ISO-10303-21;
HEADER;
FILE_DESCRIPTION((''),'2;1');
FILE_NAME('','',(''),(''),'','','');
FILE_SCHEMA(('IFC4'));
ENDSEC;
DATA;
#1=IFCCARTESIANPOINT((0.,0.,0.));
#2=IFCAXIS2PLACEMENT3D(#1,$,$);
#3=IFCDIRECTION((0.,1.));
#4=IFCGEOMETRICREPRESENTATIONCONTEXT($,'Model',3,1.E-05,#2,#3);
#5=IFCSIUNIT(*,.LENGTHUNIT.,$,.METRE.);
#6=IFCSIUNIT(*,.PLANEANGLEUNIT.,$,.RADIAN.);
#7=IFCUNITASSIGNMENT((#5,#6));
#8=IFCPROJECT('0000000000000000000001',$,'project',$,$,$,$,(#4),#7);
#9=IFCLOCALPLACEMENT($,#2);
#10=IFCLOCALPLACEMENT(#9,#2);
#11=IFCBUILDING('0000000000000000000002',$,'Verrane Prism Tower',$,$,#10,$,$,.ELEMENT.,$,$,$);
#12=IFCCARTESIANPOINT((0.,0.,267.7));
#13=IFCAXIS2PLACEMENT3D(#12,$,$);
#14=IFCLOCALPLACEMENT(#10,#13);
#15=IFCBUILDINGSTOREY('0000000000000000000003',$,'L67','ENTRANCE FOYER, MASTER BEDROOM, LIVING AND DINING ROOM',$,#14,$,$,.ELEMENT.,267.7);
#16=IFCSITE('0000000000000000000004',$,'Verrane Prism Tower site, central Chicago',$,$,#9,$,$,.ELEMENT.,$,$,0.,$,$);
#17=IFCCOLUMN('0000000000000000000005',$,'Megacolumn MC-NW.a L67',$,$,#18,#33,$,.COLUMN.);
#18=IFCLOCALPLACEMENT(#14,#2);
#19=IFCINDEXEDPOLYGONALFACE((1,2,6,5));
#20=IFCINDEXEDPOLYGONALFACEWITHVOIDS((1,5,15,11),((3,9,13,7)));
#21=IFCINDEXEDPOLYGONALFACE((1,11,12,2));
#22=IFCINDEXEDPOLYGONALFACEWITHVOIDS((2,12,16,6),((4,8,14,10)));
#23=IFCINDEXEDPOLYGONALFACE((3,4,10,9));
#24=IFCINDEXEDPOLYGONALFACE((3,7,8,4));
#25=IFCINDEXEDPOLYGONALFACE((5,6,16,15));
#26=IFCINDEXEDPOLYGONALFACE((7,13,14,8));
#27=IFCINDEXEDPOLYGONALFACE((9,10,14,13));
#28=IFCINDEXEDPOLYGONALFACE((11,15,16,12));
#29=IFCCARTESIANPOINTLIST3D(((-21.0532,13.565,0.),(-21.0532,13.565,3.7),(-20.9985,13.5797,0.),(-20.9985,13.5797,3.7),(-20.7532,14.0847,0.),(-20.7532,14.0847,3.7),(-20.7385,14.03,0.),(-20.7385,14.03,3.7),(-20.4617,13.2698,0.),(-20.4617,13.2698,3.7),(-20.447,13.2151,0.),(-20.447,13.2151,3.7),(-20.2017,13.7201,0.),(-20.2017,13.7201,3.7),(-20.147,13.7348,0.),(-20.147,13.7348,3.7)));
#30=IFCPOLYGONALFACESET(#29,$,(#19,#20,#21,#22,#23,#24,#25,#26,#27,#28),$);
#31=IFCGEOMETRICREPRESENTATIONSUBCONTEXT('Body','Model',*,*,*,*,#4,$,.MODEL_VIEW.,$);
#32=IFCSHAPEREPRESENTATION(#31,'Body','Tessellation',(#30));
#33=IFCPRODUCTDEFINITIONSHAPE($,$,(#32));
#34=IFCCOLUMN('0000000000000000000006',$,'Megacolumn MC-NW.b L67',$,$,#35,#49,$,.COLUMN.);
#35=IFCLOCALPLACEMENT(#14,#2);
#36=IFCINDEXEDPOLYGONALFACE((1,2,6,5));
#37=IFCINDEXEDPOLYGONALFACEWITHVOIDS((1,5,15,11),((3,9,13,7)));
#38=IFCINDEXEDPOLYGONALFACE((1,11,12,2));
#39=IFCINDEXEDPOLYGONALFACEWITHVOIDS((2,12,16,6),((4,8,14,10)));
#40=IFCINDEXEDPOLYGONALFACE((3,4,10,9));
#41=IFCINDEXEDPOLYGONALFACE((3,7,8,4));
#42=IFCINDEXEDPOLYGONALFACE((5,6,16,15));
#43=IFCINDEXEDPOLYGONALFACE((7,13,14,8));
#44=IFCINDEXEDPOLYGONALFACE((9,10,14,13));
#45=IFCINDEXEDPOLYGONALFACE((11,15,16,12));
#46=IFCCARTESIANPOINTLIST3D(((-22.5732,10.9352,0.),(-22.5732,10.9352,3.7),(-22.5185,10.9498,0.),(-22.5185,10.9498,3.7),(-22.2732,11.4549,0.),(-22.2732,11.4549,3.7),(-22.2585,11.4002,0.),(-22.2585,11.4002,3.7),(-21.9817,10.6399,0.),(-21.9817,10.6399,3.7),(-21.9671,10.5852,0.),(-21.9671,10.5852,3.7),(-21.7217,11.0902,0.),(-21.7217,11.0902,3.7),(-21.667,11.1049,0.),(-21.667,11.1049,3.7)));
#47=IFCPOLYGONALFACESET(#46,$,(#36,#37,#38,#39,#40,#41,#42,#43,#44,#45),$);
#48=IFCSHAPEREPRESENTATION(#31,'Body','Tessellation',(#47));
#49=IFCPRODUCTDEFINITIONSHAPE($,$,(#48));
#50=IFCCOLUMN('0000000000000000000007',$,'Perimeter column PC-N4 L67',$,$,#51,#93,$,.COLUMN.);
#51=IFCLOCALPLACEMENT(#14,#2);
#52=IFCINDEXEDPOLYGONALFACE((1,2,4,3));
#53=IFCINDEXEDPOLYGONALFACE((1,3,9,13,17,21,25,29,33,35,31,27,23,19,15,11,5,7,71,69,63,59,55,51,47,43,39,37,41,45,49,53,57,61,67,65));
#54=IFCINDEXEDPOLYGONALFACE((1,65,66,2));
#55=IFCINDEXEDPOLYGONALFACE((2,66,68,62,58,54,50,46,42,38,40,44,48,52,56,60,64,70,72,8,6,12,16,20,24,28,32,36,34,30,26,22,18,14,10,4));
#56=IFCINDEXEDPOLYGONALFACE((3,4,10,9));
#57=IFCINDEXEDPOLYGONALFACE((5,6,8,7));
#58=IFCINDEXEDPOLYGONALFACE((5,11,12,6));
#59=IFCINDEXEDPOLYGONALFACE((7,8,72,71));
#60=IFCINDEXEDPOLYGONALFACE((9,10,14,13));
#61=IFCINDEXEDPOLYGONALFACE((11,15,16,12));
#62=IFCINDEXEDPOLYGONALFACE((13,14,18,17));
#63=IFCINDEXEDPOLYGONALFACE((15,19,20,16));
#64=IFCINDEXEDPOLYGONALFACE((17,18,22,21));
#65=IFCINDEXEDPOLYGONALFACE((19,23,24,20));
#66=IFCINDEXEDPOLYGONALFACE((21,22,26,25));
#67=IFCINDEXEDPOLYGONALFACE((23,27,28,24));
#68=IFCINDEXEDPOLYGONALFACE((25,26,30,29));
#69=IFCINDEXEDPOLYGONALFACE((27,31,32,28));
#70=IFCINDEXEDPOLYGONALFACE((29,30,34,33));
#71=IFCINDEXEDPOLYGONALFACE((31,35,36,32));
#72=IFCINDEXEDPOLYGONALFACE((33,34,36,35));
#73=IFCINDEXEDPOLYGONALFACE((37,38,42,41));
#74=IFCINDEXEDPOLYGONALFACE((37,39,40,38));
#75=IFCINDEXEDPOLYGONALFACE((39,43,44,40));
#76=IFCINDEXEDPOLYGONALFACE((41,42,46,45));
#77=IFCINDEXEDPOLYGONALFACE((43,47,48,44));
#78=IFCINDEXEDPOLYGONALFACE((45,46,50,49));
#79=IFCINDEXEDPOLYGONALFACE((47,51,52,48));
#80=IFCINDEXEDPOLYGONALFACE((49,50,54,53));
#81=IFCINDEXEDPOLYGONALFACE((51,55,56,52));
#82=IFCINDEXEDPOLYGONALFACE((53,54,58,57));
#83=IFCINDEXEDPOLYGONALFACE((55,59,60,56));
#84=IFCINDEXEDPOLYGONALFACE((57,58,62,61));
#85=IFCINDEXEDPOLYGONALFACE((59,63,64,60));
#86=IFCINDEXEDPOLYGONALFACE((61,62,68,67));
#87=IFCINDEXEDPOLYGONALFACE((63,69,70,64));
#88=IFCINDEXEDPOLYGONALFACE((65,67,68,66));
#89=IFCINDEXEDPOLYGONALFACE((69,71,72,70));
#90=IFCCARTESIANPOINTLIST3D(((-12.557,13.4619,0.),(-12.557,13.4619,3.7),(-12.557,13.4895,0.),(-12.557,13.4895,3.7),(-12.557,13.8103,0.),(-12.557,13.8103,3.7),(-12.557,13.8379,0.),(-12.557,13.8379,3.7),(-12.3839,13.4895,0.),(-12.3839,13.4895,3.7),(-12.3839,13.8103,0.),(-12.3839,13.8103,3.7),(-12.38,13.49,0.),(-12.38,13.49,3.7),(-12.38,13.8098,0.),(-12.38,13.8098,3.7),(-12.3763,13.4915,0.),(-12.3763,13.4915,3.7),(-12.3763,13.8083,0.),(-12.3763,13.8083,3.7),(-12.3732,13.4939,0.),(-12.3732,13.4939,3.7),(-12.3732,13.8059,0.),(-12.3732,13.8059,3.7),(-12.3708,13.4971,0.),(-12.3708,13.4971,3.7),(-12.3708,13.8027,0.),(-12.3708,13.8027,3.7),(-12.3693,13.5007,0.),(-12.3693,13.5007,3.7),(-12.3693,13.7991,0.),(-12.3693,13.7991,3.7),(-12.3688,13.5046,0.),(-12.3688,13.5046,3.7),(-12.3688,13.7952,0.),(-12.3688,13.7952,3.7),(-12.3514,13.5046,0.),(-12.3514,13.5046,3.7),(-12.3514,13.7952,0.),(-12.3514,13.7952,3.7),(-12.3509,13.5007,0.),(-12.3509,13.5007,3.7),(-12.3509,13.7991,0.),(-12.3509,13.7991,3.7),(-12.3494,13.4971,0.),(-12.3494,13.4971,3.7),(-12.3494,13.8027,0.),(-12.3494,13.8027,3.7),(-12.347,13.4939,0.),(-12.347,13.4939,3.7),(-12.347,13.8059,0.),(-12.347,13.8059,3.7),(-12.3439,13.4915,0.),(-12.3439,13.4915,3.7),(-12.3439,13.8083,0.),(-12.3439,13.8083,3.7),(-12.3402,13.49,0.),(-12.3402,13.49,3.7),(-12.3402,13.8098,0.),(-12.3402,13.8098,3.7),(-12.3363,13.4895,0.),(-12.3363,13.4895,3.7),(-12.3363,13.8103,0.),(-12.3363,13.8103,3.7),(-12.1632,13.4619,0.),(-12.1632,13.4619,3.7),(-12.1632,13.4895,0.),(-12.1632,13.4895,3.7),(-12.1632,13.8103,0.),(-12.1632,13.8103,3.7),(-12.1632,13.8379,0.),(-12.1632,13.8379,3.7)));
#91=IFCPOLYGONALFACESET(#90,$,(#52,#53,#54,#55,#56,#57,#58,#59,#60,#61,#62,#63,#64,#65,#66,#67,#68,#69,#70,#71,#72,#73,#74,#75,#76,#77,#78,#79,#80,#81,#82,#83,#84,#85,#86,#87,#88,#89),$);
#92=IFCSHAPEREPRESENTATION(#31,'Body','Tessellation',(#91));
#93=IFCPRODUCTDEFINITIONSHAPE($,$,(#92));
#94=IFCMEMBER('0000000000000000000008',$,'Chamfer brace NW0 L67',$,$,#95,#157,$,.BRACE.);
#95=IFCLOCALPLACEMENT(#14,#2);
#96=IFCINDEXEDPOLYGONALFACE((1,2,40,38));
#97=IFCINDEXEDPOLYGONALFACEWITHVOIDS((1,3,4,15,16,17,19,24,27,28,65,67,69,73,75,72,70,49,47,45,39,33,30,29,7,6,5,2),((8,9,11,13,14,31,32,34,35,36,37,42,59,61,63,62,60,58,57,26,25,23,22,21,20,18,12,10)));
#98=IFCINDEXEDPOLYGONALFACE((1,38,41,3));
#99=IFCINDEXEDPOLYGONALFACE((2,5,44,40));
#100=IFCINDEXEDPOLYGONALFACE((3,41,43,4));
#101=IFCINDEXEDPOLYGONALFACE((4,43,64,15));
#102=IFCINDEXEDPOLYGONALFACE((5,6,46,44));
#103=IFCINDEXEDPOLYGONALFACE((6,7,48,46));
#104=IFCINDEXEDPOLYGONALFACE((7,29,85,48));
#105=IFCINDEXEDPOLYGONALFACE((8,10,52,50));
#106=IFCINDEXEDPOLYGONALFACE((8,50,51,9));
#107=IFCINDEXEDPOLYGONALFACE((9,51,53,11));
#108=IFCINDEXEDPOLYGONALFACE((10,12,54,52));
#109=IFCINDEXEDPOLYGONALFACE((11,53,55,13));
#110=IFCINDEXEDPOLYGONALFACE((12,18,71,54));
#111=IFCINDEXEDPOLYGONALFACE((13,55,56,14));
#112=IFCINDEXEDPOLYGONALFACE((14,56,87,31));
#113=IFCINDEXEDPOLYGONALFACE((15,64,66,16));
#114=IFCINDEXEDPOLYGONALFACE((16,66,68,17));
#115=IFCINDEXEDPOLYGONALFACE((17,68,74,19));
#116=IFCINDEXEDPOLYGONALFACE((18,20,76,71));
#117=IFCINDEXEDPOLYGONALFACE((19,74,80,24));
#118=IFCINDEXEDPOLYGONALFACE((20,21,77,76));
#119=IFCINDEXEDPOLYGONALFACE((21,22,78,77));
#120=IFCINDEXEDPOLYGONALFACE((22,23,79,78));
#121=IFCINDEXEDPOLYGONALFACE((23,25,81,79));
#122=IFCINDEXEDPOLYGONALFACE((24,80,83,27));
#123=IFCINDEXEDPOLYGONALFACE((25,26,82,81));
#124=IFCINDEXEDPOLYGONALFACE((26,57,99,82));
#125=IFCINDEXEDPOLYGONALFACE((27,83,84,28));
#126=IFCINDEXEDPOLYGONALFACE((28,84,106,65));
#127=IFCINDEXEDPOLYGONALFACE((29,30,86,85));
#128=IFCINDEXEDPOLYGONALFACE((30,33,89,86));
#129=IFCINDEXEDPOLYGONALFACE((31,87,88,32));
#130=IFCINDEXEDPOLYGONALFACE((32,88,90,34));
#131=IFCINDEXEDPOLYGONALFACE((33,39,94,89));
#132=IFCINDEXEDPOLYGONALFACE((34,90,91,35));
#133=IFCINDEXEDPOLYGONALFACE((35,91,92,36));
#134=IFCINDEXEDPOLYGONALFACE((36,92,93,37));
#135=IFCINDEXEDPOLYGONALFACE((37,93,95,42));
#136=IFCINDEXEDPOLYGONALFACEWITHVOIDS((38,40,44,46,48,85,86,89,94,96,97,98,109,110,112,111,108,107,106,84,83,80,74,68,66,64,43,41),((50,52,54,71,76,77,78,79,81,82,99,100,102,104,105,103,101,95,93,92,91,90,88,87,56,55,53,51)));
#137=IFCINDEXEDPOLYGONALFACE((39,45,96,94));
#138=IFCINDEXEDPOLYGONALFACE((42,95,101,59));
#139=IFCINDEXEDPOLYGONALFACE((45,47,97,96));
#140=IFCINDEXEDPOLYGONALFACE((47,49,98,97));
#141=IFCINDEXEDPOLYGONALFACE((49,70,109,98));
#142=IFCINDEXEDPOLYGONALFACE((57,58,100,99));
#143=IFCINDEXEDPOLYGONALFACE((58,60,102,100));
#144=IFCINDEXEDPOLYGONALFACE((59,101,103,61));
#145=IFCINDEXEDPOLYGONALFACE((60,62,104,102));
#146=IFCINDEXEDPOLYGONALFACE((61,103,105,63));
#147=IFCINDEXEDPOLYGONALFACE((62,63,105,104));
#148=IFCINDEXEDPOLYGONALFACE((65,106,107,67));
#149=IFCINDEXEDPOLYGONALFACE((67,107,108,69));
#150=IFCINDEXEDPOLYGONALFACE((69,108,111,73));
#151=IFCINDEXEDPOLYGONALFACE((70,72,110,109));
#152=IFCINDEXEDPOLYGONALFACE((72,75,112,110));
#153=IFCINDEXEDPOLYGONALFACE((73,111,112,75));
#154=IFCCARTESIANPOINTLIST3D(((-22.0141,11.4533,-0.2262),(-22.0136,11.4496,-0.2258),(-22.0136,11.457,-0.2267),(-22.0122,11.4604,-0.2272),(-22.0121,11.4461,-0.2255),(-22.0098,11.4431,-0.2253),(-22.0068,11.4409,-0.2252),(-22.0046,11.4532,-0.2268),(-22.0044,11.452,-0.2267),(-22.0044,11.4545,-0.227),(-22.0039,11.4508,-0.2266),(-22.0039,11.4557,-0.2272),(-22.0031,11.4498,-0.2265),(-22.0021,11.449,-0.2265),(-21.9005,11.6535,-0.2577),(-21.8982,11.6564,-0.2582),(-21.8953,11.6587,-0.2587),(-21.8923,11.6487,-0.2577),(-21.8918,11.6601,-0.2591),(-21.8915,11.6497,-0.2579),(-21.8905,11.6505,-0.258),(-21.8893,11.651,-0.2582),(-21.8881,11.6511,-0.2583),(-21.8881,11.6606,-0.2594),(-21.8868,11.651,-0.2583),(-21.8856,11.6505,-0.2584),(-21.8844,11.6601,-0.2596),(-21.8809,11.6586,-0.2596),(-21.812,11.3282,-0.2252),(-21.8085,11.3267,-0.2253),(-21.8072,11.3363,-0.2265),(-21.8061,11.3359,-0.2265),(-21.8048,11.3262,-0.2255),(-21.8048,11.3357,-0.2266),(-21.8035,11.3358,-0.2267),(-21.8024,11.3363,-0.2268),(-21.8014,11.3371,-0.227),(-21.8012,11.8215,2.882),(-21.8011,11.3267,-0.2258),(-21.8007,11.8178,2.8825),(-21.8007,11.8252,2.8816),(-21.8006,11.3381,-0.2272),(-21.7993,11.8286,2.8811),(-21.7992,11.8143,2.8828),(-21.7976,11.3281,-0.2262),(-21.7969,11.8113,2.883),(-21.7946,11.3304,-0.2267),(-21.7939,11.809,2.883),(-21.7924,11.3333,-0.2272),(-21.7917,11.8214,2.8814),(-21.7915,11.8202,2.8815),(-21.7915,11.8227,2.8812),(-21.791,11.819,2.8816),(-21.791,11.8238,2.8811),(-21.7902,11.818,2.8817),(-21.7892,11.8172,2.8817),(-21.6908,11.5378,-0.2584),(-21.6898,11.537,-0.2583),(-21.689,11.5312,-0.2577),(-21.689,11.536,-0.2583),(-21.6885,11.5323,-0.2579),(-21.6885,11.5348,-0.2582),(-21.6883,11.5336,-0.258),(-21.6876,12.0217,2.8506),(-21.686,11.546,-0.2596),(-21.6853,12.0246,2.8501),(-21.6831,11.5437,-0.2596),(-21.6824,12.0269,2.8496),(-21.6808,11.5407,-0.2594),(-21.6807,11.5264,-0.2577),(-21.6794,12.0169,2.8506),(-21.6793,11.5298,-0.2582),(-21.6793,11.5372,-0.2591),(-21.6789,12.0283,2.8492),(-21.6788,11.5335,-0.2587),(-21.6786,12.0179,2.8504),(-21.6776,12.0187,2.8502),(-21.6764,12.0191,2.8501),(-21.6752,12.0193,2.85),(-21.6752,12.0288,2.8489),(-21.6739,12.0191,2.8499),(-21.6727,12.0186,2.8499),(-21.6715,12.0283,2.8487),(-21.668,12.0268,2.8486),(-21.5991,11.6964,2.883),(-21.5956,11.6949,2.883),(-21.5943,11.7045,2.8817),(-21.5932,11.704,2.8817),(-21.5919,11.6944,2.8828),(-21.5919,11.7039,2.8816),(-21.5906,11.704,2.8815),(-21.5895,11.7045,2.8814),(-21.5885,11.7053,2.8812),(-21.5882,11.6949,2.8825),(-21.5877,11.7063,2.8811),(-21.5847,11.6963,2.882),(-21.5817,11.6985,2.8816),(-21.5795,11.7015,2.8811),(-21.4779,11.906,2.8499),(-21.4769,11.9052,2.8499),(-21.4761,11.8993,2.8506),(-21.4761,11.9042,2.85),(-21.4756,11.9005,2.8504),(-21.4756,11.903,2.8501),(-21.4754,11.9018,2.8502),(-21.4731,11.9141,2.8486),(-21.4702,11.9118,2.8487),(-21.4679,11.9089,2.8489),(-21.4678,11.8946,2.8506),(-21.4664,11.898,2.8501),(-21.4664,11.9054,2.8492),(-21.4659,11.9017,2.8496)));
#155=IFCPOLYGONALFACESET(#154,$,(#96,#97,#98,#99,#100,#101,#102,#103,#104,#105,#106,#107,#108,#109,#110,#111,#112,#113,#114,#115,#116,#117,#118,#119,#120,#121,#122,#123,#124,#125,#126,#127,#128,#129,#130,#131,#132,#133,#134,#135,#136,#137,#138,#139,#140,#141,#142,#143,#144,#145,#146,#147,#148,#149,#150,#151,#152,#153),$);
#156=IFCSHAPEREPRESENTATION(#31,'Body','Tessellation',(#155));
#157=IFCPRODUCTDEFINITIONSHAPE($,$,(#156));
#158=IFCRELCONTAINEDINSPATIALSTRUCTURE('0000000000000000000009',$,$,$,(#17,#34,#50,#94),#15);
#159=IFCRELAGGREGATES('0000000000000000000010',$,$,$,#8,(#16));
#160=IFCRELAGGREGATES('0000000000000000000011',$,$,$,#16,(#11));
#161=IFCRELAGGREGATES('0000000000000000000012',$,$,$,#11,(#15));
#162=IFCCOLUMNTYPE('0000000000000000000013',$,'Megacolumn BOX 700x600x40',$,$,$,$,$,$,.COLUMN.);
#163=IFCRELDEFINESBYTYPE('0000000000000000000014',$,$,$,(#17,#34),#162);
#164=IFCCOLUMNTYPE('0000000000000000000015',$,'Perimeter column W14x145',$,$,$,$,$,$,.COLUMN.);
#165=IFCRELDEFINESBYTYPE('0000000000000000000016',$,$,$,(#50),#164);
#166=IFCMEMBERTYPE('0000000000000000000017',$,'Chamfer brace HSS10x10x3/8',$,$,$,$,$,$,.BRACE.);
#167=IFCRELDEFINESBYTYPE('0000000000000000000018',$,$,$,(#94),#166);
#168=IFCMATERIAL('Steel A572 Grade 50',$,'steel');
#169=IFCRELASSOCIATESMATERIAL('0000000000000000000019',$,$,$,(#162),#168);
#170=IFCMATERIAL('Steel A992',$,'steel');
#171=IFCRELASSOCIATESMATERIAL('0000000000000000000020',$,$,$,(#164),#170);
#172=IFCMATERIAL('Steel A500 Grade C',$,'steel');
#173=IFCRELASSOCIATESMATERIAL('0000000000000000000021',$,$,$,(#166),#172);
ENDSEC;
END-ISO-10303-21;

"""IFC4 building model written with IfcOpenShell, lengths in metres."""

from ifc_helpers import new_model, si_unit, direction, frame, origin, origin_2d, place, context, subcontext, project, spatial, hollow_rectangle, i_section, extrude, material, material_profile, profile_set, type_object, element, save


model = new_model("IFC4")

# Units and contexts
model_context = context("Model", 3, precision=1e-05, world=origin(), true_north=direction((0.0, 1.0)))
body_context = subcontext(model_context, "Body", "Model", "MODEL_VIEW")
ifc_project = project(units=[si_unit("LENGTHUNIT", "METRE"), si_unit("PLANEANGLEUNIT", "RADIAN")], contexts=[model_context])

# Site, building, storey
site_placement = place(None, origin())
site = spatial("IfcSite", under=ifc_project, at=site_placement, Name="Verrane Prism Tower site, central Chicago", CompositionType="ELEMENT", RefElevation=0.0)
building_placement = place(site_placement, origin())
building = spatial("IfcBuilding", under=site, at=building_placement, Name="Verrane Prism Tower", CompositionType="ELEMENT")
storey_placement = place(building_placement, frame((0.0, 0.0, 267.7)))
storey = spatial("IfcBuildingStorey", under=building, at=storey_placement, Name="L67", Description="ENTRANCE FOYER, MASTER BEDROOM, LIVING AND DINING ROOM", CompositionType="ELEMENT", Elevation=267.7)

# Columns
ifc_material_1 = material(Name="Steel A572 Grade 50", Category="steel")
ifc_material_profile_1 = material_profile(ifc_material_1, hollow_rectangle(XDim=0.6001, YDim=0.7, WallThickness=0.04, at=origin_2d()), Name="BOX 700x600x40")
ifc_profile_set_1 = profile_set([ifc_material_profile_1], Name="Steel A572 Grade 50")
column_type_1 = type_object("IfcColumnType", Name="Megacolumn BOX 700x600x40", PredefinedType="COLUMN", material=ifc_profile_set_1)
for number, where, z_axis, x_axis, name in (
    (1, (-20.6001, 13.6499, 0.0), (0.0, 0.0, 1.0), (0.5, 0.866025, 0.0), "Megacolumn MC-NW.a L67"),
    (2, (-22.1201, 11.02, 0.0), (0.0, 0.0, 1.0), (0.5, 0.866025, 0.0), "Megacolumn MC-NW.b L67"),
):
    element("IfcColumn", number, at=place(storey_placement, frame(where, z_axis=z_axis, x_axis=x_axis)), inside=storey, type_object=column_type_1, Name=name, PredefinedType="COLUMN", context=body_context, shape_type="SweptSolid", body=[
        extrude(hollow_rectangle(XDim=0.6001, YDim=0.7, WallThickness=0.04, at=origin_2d()), origin(), (0.0, 0.0, 1.0), 3.7),
    ])
ifc_material_2 = material(Name="Steel A992", Category="steel")
ifc_material_profile_2 = material_profile(ifc_material_2, i_section(OverallWidth=0.3938, OverallDepth=0.376, WebThickness=0.0173, FlangeThickness=0.0276, FilletRadius=0.0151, at=origin_2d()), Name="W14x145")
ifc_profile_set_2 = profile_set([ifc_material_profile_2], Name="Steel A992")
column_type_2 = type_object("IfcColumnType", Name="Perimeter column W14x145", PredefinedType="COLUMN", material=ifc_profile_set_2)
column_placement = place(storey_placement, frame((-12.3601, 13.6499, 0.0), z_axis=(0.0, 0.0, 1.0), x_axis=(1.0, 0.0, 0.0)))
element("IfcColumn", 3, at=column_placement, inside=storey, type_object=column_type_2, Name="Perimeter column PC-N4 L67", PredefinedType="COLUMN", context=body_context, shape_type="SweptSolid", body=[
    extrude(i_section(OverallWidth=0.3938, OverallDepth=0.376, WebThickness=0.0173, FlangeThickness=0.0276, FilletRadius=0.0151, at=origin_2d()), origin(), (0.0, 0.0, 1.0), 3.7),
])

# Member
ifc_material_3 = material(Name="Steel A500 Grade C", Category="steel")
ifc_material_profile_3 = material_profile(ifc_material_3, hollow_rectangle(XDim=0.2539, YDim=0.2539, WallThickness=0.0095, InnerFilletRadius=0.0049, OuterFilletRadius=0.0144, at=origin_2d()), Name="HSS10x10x3/8")
ifc_profile_set_3 = profile_set([ifc_material_profile_3], Name="Steel A500 Grade C")
member_type_1 = type_object("IfcMemberType", Name="Chamfer brace HSS10x10x3/8", PredefinedType="BRACE", material=ifc_profile_set_3)
member_1_placement = place(storey_placement, frame((-21.8464, 11.4934, -0.2424), z_axis=(0.067862, 0.117358, 0.990768), x_axis=(-0.865688, 0.500584, 0.0)))
element("IfcMember", 4, at=member_1_placement, inside=storey, type_object=member_type_1, Name="Chamfer brace NW0 L67", PredefinedType="BRACE", context=body_context, shape_type="SweptSolid", body=[
    extrude(hollow_rectangle(XDim=0.2539, YDim=0.2539, WallThickness=0.0095, InnerFilletRadius=0.0049, OuterFilletRadius=0.0144, at=origin_2d()), origin(), (0.0, 0.0, 1.0), 3.1372),
])

save(model, "model.ifc")
